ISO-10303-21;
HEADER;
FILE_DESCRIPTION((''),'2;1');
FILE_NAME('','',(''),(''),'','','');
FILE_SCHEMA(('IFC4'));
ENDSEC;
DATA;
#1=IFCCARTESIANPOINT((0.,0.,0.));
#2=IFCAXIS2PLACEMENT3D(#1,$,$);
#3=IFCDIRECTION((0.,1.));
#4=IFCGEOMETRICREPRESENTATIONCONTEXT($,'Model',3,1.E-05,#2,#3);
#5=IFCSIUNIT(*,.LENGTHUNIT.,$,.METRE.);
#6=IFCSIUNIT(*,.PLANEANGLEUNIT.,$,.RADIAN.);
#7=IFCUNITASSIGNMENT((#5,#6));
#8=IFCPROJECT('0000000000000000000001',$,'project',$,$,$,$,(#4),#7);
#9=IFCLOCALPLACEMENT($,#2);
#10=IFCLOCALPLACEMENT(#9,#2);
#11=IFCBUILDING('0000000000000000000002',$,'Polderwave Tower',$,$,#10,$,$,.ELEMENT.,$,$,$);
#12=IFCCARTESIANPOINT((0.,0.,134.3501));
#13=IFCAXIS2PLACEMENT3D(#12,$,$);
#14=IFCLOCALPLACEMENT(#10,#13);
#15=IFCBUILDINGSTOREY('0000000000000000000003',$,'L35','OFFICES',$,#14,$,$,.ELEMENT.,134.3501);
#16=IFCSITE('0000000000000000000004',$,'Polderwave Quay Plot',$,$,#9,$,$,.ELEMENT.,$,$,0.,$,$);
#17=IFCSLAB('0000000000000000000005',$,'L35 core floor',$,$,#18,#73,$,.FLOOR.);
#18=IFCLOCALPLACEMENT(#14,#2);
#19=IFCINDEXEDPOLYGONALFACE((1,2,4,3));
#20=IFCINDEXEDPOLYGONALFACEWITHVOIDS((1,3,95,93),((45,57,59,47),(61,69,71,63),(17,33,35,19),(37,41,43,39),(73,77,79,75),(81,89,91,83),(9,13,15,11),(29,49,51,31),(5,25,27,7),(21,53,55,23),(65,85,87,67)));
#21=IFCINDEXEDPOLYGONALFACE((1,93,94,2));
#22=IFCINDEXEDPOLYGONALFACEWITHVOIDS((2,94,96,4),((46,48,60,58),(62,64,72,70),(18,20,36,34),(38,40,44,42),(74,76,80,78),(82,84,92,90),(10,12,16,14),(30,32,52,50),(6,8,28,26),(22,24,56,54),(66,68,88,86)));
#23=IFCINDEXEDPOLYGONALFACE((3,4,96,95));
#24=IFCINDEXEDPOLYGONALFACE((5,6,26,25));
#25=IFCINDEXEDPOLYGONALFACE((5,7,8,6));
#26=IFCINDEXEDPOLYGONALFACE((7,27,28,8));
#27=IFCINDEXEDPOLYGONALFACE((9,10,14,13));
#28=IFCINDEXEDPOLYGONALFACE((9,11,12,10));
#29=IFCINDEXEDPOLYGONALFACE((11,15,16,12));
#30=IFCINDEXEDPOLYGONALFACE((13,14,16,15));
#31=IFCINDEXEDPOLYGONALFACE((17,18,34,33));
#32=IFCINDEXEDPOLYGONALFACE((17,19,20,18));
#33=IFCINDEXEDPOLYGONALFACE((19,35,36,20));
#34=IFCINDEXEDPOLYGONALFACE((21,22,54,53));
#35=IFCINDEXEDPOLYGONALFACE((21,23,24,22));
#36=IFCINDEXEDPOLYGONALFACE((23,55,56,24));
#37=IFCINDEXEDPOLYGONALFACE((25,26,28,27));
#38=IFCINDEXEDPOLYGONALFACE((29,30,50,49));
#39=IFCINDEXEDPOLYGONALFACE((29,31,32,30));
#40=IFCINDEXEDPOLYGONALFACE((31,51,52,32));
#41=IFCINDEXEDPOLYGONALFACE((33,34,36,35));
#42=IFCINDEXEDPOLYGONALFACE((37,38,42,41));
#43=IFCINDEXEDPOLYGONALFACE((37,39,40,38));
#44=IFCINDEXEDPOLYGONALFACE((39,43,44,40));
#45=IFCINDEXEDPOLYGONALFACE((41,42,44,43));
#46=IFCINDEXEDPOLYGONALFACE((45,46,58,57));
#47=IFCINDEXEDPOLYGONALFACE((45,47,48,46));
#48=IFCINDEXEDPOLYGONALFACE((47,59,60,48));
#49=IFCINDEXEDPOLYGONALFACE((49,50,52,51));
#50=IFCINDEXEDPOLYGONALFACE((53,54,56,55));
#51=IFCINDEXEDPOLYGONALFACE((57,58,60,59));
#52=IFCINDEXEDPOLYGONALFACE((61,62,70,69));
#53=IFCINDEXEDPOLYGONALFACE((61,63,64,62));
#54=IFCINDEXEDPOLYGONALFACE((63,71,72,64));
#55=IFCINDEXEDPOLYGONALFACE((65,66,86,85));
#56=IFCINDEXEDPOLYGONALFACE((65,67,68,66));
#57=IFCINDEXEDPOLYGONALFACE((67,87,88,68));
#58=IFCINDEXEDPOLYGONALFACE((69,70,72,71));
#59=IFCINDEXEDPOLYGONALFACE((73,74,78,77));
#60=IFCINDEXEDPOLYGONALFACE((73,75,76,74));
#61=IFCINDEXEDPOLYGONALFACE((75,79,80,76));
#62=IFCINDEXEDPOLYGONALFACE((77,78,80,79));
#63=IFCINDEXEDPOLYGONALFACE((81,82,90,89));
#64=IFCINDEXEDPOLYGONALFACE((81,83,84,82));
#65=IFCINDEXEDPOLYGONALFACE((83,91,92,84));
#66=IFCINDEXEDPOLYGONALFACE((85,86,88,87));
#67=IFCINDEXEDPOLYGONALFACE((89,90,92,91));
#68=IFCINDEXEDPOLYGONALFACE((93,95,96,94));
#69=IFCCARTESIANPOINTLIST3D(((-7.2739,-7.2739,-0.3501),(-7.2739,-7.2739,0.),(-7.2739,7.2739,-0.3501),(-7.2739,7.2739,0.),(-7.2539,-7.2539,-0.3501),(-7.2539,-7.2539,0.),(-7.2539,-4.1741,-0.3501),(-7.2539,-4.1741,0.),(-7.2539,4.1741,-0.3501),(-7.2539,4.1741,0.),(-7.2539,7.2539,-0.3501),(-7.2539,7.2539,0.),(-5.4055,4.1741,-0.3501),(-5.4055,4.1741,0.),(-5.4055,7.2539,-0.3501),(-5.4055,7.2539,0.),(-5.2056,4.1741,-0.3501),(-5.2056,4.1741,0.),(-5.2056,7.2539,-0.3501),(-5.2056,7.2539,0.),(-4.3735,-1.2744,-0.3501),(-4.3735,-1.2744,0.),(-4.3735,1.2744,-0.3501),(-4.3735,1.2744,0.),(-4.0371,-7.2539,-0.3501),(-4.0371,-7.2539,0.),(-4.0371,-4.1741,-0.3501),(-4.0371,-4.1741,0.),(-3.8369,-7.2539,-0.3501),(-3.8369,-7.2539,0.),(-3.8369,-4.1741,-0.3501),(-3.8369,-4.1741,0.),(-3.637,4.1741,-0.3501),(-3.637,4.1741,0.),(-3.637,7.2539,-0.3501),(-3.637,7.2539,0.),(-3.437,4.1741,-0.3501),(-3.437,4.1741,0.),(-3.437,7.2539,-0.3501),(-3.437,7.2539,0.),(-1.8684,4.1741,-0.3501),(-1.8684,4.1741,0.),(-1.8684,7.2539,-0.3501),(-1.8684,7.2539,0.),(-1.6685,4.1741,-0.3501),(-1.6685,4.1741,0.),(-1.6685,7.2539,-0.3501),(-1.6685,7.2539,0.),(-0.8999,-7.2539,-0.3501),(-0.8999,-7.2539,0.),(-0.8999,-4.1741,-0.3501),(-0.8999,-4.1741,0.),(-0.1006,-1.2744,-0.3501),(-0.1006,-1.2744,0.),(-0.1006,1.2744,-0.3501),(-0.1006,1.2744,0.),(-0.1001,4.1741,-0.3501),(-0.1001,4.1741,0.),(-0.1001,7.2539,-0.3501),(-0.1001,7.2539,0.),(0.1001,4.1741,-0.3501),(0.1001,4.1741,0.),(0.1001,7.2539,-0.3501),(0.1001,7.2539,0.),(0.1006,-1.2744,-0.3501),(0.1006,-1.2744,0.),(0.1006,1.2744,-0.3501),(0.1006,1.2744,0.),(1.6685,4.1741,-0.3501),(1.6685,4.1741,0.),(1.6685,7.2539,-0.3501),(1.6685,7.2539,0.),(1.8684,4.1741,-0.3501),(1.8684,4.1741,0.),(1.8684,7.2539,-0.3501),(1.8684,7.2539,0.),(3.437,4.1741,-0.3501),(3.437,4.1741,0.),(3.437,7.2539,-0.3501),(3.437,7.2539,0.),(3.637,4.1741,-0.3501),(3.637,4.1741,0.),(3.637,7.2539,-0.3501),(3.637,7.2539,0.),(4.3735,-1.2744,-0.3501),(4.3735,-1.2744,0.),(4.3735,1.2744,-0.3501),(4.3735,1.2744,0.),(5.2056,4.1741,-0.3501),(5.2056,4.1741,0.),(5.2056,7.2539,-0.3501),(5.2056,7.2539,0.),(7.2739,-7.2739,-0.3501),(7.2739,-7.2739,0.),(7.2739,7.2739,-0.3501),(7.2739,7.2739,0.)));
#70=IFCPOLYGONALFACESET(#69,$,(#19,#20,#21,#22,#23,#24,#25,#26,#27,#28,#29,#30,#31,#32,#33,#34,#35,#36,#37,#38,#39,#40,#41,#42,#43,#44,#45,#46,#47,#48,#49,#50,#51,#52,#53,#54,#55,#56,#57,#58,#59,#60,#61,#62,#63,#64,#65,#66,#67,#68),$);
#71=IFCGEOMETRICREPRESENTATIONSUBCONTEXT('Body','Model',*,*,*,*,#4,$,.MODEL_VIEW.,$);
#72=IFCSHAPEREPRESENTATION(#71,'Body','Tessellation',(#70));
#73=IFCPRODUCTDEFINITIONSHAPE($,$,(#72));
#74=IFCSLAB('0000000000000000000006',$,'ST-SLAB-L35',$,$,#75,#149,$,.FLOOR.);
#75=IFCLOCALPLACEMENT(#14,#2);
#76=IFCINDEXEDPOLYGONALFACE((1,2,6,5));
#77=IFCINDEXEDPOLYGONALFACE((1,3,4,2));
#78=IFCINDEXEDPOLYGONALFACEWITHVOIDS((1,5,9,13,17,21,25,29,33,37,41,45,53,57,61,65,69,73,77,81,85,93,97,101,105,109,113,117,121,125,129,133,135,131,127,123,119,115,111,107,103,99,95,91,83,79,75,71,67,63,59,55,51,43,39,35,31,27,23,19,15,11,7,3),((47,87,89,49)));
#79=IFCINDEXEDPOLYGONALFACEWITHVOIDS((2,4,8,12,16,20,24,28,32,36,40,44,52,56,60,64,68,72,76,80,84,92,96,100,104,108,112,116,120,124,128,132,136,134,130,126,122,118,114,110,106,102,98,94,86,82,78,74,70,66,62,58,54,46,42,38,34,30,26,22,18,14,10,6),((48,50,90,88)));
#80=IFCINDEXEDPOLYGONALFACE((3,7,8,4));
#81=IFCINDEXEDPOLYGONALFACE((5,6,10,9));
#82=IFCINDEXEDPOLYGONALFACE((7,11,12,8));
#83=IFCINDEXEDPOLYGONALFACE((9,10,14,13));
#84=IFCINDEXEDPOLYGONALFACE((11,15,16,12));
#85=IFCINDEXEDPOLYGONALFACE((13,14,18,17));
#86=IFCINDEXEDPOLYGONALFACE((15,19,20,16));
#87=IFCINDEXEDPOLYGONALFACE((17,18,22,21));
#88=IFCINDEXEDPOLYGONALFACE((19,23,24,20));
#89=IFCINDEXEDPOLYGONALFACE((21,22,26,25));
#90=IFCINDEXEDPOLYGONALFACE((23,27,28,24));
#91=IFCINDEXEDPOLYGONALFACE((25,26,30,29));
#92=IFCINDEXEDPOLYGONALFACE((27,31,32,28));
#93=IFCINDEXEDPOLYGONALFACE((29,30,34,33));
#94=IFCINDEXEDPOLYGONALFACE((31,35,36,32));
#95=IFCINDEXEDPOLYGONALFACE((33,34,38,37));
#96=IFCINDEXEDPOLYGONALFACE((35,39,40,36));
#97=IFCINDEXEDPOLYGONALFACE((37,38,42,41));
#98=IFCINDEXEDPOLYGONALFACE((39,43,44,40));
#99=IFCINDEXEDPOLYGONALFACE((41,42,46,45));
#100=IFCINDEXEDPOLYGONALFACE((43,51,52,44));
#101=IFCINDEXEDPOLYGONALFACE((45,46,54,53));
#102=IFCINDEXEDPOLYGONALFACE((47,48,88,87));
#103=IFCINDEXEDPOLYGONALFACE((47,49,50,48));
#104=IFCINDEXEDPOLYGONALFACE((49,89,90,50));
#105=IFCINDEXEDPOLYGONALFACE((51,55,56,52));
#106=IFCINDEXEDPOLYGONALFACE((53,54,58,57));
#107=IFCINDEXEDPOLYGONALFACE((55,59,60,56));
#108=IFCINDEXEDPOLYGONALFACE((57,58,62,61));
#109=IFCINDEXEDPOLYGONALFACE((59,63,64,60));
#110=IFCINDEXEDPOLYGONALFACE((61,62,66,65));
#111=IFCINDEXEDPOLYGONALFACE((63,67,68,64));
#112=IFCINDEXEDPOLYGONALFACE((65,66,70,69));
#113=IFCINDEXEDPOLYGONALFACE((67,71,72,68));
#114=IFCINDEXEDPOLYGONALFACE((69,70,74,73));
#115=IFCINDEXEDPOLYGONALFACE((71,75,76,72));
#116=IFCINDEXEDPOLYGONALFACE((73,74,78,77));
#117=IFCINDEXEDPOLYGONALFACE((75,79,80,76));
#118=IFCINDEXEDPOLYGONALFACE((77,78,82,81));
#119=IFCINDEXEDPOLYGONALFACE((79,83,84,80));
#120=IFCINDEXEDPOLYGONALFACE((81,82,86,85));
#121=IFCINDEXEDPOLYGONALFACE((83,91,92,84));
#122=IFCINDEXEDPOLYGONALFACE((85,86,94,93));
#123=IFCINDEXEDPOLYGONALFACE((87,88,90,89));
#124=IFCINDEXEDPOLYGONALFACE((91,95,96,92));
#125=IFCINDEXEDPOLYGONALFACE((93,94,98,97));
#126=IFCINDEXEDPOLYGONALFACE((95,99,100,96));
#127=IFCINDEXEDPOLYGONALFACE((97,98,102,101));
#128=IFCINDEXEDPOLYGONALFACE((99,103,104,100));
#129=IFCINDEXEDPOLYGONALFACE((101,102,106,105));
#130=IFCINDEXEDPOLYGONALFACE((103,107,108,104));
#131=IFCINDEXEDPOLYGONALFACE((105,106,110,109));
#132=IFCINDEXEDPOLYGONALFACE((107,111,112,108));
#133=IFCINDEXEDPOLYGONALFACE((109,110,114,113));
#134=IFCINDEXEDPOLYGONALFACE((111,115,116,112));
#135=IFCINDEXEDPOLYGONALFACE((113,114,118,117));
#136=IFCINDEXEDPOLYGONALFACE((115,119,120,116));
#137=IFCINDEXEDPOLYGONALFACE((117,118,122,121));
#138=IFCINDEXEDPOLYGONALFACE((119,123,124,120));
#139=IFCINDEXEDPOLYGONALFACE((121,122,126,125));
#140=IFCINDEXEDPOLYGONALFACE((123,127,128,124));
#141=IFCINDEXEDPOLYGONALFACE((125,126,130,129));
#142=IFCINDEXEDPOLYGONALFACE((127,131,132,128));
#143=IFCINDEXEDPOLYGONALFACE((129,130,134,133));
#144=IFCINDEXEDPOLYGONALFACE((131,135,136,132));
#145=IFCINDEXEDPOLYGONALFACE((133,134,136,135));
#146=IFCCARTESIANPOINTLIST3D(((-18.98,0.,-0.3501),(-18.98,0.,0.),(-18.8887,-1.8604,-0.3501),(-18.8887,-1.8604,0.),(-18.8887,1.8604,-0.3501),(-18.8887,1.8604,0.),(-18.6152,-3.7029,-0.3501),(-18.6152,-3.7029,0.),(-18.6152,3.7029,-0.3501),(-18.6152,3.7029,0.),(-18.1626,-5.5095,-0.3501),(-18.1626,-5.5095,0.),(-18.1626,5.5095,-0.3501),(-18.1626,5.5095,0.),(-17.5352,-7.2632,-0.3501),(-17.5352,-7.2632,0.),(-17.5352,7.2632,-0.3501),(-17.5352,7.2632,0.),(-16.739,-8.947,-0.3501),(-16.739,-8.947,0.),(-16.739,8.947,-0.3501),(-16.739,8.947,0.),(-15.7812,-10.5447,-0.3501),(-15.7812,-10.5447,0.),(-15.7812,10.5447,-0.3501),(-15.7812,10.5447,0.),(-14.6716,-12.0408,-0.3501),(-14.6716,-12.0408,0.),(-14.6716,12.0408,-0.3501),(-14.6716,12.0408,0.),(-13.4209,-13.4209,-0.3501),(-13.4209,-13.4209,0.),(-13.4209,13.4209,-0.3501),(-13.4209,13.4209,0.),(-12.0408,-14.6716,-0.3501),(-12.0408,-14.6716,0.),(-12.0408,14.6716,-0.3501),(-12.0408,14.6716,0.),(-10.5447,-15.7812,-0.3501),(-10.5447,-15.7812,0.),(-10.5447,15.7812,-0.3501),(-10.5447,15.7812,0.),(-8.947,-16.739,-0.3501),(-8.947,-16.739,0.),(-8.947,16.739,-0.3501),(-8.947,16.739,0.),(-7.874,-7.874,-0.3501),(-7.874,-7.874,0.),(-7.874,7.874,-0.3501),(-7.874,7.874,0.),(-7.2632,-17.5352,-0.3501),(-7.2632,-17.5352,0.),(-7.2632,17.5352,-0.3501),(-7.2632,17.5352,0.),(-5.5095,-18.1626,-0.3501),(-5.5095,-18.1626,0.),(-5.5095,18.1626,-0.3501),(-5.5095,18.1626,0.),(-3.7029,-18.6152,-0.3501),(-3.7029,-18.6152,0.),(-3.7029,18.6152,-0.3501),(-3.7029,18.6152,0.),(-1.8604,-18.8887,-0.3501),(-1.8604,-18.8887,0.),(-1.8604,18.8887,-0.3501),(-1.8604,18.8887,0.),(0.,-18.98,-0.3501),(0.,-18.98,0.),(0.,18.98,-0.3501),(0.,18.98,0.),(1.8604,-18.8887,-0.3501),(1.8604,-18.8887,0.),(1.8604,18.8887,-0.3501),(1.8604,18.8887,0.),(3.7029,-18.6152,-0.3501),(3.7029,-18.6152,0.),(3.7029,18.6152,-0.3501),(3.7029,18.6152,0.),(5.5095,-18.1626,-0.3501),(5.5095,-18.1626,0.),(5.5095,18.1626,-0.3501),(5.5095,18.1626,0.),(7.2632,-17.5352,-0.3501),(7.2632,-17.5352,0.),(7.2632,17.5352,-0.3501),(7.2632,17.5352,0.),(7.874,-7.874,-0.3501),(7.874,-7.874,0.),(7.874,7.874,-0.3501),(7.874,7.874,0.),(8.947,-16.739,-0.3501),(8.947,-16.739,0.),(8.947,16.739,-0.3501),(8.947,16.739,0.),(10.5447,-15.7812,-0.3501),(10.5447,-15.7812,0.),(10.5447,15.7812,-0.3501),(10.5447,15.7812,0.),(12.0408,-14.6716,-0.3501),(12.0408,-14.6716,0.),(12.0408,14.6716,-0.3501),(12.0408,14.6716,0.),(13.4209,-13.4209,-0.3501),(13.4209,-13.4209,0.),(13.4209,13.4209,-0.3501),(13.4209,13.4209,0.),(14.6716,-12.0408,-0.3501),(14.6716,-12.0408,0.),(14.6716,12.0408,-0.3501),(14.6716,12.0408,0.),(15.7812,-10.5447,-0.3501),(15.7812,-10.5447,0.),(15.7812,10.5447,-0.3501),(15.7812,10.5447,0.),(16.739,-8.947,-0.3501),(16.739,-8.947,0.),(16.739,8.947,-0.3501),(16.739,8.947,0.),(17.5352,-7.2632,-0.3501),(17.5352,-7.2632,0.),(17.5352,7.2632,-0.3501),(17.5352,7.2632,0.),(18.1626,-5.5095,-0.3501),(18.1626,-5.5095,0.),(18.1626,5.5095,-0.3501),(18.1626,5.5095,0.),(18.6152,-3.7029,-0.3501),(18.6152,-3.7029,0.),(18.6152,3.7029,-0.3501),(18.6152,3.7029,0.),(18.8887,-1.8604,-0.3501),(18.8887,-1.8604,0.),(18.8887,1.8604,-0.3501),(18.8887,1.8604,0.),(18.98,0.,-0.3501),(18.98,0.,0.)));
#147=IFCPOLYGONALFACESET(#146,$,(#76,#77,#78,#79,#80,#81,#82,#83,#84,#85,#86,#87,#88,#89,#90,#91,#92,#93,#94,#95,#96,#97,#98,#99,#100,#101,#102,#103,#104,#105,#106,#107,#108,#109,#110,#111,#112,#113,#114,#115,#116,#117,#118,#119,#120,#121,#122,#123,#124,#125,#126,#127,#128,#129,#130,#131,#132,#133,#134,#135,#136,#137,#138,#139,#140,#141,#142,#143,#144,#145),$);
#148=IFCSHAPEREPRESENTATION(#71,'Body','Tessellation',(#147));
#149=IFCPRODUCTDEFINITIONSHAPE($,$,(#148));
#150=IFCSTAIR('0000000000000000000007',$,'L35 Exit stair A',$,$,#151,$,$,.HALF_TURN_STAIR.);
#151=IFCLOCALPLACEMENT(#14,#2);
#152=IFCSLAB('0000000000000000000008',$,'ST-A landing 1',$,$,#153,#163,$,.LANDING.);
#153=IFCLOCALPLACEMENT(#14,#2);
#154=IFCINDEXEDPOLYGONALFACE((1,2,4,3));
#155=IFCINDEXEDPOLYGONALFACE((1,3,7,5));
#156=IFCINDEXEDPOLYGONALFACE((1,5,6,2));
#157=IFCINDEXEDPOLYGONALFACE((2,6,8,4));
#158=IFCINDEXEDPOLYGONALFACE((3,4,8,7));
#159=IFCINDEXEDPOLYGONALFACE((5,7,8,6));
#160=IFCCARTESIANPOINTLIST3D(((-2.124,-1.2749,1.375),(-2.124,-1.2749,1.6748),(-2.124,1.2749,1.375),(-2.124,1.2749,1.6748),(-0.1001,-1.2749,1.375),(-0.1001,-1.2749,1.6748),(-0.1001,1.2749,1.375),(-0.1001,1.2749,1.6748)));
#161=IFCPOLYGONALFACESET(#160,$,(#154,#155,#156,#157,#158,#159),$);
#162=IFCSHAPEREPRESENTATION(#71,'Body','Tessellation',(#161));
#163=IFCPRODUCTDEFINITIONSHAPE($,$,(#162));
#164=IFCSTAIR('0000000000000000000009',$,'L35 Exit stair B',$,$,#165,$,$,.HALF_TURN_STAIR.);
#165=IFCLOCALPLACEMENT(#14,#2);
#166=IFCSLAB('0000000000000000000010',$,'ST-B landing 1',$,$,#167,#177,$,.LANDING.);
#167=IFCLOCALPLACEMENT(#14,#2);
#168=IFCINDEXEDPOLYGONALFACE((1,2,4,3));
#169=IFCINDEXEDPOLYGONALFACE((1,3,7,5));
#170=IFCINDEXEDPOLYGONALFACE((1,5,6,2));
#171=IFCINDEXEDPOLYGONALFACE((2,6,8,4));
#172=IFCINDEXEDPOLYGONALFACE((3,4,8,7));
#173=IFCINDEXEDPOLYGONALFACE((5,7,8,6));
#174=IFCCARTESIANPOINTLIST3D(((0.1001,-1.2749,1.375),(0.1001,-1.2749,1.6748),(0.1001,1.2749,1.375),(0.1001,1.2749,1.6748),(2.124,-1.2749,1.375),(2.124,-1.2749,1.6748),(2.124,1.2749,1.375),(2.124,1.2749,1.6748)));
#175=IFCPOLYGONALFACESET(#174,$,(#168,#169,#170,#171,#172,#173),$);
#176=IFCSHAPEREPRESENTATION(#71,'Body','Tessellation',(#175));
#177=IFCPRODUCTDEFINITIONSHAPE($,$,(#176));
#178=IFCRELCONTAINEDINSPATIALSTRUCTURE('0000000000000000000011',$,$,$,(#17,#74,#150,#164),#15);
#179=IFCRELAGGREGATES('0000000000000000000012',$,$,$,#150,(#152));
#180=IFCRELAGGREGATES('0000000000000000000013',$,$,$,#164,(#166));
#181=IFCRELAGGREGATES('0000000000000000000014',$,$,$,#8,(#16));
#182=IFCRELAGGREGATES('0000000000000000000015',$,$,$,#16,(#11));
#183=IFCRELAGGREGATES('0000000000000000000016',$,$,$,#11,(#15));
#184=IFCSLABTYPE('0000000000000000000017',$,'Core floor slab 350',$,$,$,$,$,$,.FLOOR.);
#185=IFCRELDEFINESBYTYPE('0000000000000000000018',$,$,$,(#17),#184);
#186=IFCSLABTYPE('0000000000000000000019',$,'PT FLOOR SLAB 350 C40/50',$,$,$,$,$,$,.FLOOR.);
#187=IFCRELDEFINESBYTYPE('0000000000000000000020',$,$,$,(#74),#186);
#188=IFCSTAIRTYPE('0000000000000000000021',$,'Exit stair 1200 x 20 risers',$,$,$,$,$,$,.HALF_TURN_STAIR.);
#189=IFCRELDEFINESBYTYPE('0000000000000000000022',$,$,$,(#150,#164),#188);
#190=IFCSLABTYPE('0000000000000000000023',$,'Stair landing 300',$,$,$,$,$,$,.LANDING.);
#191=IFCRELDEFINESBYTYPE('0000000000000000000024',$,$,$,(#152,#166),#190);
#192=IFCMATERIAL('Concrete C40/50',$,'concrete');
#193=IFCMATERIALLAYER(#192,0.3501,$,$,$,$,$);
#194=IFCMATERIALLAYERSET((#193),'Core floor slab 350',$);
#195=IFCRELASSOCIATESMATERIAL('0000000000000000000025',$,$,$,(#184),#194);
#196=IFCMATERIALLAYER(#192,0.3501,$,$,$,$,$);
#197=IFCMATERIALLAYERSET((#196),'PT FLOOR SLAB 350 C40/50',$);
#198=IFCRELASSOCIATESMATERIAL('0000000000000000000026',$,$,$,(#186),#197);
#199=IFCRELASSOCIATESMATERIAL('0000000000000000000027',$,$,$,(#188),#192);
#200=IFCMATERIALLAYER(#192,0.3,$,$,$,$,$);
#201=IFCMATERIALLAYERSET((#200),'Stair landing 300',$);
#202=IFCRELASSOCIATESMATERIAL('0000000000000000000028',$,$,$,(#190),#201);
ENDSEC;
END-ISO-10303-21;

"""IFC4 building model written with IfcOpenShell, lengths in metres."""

from ifc_helpers import new_model, si_unit, direction, frame, origin, place, context, subcontext, project, spatial, polyline, outline, extrude, material, layer, layer_set, type_object, element, aggregate, save


model = new_model("IFC4")

# Units and contexts
model_context = context("Model", 3, precision=1e-05, world=origin(), true_north=direction((0.0, 1.0)))
body_context = subcontext(model_context, "Body", "Model", "MODEL_VIEW")
ifc_project = project(units=[si_unit("LENGTHUNIT", "METRE"), si_unit("PLANEANGLEUNIT", "RADIAN")], contexts=[model_context])

# Site, building, storey
site_placement = place(None, origin())
site = spatial("IfcSite", under=ifc_project, at=site_placement, Name="Polderwave Quay Plot", CompositionType="ELEMENT", RefElevation=0.0)
building_placement = place(site_placement, origin())
building = spatial("IfcBuilding", under=site, at=building_placement, Name="Polderwave Tower", CompositionType="ELEMENT")
storey_placement = place(building_placement, frame((0.0, 0.0, 134.3501)))
storey = spatial("IfcBuildingStorey", under=building, at=storey_placement, Name="L35", Description="OFFICES", CompositionType="ELEMENT", Elevation=134.3501)

# Slabs
ifc_material_1 = material(Name="Concrete C40/50", Category="concrete")
ifc_layer_1 = layer(ifc_material_1, 0.3501)
ifc_layer_set_1 = layer_set([ifc_layer_1], Name="Core floor slab 350")
slab_type_1 = type_object("IfcSlabType", Name="Core floor slab 350", PredefinedType="FLOOR", material=ifc_layer_set_1)
slab_1_placement = place(storey_placement, frame((0.0, 0.0, -0.3501)))
element("IfcSlab", 1, at=slab_1_placement, inside=storey, type_object=slab_type_1, Name="L35 core floor", PredefinedType="FLOOR", context=body_context, shape_type="SweptSolid", body=[
    extrude(outline(polyline([(-7.2739, -7.2739), (7.2739, -7.2739), (7.2739, 7.2739), (-7.2739, 7.2739), (-7.2739, -7.2739)]), holes=[polyline([(-7.2539, -7.2539), (-4.0371, -7.2539), (-4.0371, -4.1741), (-7.2539, -4.1741), (-7.2539, -7.2539)]), polyline([(-3.8369, -7.2539), (-0.8999, -7.2539), (-0.8999, -4.1741), (-3.8369, -4.1741), (-3.8369, -7.2539)]), polyline([(-7.2539, 4.1741), (-5.4055, 4.1741), (-5.4055, 7.2539), (-7.2539, 7.2539), (-7.2539, 4.1741)]), polyline([(-5.2056, 4.1741), (-3.637, 4.1741), (-3.637, 7.2539), (-5.2056, 7.2539), (-5.2056, 4.1741)]), polyline([(-3.437, 4.1741), (-1.8684, 4.1741), (-1.8684, 7.2539), (-3.437, 7.2539), (-3.437, 4.1741)]), polyline([(-1.6685, 4.1741), (-0.1001, 4.1741), (-0.1001, 7.2539), (-1.6685, 7.2539), (-1.6685, 4.1741)]), polyline([(0.1001, 4.1741), (1.6685, 4.1741), (1.6685, 7.2539), (0.1001, 7.2539), (0.1001, 4.1741)]), polyline([(1.8684, 4.1741), (3.437, 4.1741), (3.437, 7.2539), (1.8684, 7.2539), (1.8684, 4.1741)]), polyline([(3.637, 4.1741), (5.2056, 4.1741), (5.2056, 7.2539), (3.637, 7.2539), (3.637, 4.1741)]), polyline([(-4.3735, -1.2744), (-0.1006, -1.2744), (-0.1006, 1.2744), (-4.3735, 1.2744), (-4.3735, -1.2744)]), polyline([(0.1006, -1.2744), (4.3735, -1.2744), (4.3735, 1.2744), (0.1006, 1.2744), (0.1006, -1.2744)])]), origin(), (0.0, 0.0, 1.0), 0.3501),
])
ifc_layer_2 = layer(ifc_material_1, 0.3501)
ifc_layer_set_2 = layer_set([ifc_layer_2], Name="PT FLOOR SLAB 350 C40/50")
slab_type_2 = type_object("IfcSlabType", Name="PT FLOOR SLAB 350 C40/50", PredefinedType="FLOOR", material=ifc_layer_set_2)
slab_2_placement = place(storey_placement, frame((0.0, 0.0, -0.3501)))
element("IfcSlab", 2, at=slab_2_placement, inside=storey, type_object=slab_type_2, Name="ST-SLAB-L35", PredefinedType="FLOOR", context=body_context, shape_type="SweptSolid", body=[
    extrude(outline(polyline([(18.98, 0.0), (18.8887, 1.8604), (18.6152, 3.7029), (18.1626, 5.5095), (17.5352, 7.2632), (16.739, 8.947), (15.7812, 10.5447), (14.6716, 12.0408), (13.4209, 13.4209), (12.0408, 14.6716), (10.5447, 15.7812), (8.947, 16.739), (7.2632, 17.5352), (5.5095, 18.1626), (3.7029, 18.6152), (1.8604, 18.8887), (0.0, 18.98), (-1.8604, 18.8887), (-3.7029, 18.6152), (-5.5095, 18.1626), (-7.2632, 17.5352), (-8.947, 16.739), (-10.5447, 15.7812), (-12.0408, 14.6716), (-13.4209, 13.4209), (-14.6716, 12.0408), (-15.7812, 10.5447), (-16.739, 8.947), (-17.5352, 7.2632), (-18.1626, 5.5095), (-18.6152, 3.7029), (-18.8887, 1.8604), (-18.98, 0.0), (-18.8887, -1.8604), (-18.6152, -3.7029), (-18.1626, -5.5095), (-17.5352, -7.2632), (-16.739, -8.947), (-15.7812, -10.5447), (-14.6716, -12.0408), (-13.4209, -13.4209), (-12.0408, -14.6716), (-10.5447, -15.7812), (-8.947, -16.739), (-7.2632, -17.5352), (-5.5095, -18.1626), (-3.7029, -18.6152), (-1.8604, -18.8887), (0.0, -18.98), (1.8604, -18.8887), (3.7029, -18.6152), (5.5095, -18.1626), (7.2632, -17.5352), (8.947, -16.739), (10.5447, -15.7812), (12.0408, -14.6716), (13.4209, -13.4209), (14.6716, -12.0408), (15.7812, -10.5447), (16.739, -8.947), (17.5352, -7.2632), (18.1626, -5.5095), (18.6152, -3.7029), (18.8887, -1.8604), (18.98, 0.0)]), holes=[polyline([(-7.874, -7.874), (7.874, -7.874), (7.874, 7.874), (-7.874, 7.874), (-7.874, -7.874)])]), origin(), (0.0, 0.0, 1.0), 0.3501),
])

# Stairs, slabs
stair_type = type_object("IfcStairType", Name="Exit stair 1200 x 20 risers", PredefinedType="HALF_TURN_STAIR", material=ifc_material_1)
stair_1_placement = place(storey_placement, origin())
stair_1 = element("IfcStair", 3, at=stair_1_placement, inside=storey, type_object=stair_type, Name="L35 Exit stair A", PredefinedType="HALF_TURN_STAIR")
ifc_layer_3 = layer(ifc_material_1, 0.3)
ifc_layer_set_3 = layer_set([ifc_layer_3], Name="Stair landing 300")
slab_type_3 = type_object("IfcSlabType", Name="Stair landing 300", PredefinedType="LANDING", material=ifc_layer_set_3)
slab_3_placement = place(storey_placement, frame((0.0, 0.0, 1.375)))
slab_3 = element("IfcSlab", 4, at=slab_3_placement, type_object=slab_type_3, Name="ST-A landing 1", PredefinedType="LANDING", context=body_context, shape_type="SweptSolid", body=[
    extrude(outline(polyline([(-2.124, -1.2749), (-0.1001, -1.2749), (-0.1001, 1.2749), (-2.124, 1.2749), (-2.124, -1.2749)])), origin(), (0.0, 0.0, 1.0), 0.2998),
])
aggregate(stair_1, [slab_3])
stair_2_placement = place(storey_placement, origin())
stair_2 = element("IfcStair", 5, at=stair_2_placement, inside=storey, type_object=stair_type, Name="L35 Exit stair B", PredefinedType="HALF_TURN_STAIR")
slab_4_placement = place(storey_placement, frame((0.0, 0.0, 1.375)))
slab_4 = element("IfcSlab", 6, at=slab_4_placement, type_object=slab_type_3, Name="ST-B landing 1", PredefinedType="LANDING", context=body_context, shape_type="SweptSolid", body=[
    extrude(outline(polyline([(2.124, 1.2749), (0.1001, 1.2749), (0.1001, -1.2749), (2.124, -1.2749), (2.124, 1.2749)])), origin(), (0.0, 0.0, 1.0), 0.2998),
])

aggregate(stair_2, [slab_4])

save(model, "model.ifc")
